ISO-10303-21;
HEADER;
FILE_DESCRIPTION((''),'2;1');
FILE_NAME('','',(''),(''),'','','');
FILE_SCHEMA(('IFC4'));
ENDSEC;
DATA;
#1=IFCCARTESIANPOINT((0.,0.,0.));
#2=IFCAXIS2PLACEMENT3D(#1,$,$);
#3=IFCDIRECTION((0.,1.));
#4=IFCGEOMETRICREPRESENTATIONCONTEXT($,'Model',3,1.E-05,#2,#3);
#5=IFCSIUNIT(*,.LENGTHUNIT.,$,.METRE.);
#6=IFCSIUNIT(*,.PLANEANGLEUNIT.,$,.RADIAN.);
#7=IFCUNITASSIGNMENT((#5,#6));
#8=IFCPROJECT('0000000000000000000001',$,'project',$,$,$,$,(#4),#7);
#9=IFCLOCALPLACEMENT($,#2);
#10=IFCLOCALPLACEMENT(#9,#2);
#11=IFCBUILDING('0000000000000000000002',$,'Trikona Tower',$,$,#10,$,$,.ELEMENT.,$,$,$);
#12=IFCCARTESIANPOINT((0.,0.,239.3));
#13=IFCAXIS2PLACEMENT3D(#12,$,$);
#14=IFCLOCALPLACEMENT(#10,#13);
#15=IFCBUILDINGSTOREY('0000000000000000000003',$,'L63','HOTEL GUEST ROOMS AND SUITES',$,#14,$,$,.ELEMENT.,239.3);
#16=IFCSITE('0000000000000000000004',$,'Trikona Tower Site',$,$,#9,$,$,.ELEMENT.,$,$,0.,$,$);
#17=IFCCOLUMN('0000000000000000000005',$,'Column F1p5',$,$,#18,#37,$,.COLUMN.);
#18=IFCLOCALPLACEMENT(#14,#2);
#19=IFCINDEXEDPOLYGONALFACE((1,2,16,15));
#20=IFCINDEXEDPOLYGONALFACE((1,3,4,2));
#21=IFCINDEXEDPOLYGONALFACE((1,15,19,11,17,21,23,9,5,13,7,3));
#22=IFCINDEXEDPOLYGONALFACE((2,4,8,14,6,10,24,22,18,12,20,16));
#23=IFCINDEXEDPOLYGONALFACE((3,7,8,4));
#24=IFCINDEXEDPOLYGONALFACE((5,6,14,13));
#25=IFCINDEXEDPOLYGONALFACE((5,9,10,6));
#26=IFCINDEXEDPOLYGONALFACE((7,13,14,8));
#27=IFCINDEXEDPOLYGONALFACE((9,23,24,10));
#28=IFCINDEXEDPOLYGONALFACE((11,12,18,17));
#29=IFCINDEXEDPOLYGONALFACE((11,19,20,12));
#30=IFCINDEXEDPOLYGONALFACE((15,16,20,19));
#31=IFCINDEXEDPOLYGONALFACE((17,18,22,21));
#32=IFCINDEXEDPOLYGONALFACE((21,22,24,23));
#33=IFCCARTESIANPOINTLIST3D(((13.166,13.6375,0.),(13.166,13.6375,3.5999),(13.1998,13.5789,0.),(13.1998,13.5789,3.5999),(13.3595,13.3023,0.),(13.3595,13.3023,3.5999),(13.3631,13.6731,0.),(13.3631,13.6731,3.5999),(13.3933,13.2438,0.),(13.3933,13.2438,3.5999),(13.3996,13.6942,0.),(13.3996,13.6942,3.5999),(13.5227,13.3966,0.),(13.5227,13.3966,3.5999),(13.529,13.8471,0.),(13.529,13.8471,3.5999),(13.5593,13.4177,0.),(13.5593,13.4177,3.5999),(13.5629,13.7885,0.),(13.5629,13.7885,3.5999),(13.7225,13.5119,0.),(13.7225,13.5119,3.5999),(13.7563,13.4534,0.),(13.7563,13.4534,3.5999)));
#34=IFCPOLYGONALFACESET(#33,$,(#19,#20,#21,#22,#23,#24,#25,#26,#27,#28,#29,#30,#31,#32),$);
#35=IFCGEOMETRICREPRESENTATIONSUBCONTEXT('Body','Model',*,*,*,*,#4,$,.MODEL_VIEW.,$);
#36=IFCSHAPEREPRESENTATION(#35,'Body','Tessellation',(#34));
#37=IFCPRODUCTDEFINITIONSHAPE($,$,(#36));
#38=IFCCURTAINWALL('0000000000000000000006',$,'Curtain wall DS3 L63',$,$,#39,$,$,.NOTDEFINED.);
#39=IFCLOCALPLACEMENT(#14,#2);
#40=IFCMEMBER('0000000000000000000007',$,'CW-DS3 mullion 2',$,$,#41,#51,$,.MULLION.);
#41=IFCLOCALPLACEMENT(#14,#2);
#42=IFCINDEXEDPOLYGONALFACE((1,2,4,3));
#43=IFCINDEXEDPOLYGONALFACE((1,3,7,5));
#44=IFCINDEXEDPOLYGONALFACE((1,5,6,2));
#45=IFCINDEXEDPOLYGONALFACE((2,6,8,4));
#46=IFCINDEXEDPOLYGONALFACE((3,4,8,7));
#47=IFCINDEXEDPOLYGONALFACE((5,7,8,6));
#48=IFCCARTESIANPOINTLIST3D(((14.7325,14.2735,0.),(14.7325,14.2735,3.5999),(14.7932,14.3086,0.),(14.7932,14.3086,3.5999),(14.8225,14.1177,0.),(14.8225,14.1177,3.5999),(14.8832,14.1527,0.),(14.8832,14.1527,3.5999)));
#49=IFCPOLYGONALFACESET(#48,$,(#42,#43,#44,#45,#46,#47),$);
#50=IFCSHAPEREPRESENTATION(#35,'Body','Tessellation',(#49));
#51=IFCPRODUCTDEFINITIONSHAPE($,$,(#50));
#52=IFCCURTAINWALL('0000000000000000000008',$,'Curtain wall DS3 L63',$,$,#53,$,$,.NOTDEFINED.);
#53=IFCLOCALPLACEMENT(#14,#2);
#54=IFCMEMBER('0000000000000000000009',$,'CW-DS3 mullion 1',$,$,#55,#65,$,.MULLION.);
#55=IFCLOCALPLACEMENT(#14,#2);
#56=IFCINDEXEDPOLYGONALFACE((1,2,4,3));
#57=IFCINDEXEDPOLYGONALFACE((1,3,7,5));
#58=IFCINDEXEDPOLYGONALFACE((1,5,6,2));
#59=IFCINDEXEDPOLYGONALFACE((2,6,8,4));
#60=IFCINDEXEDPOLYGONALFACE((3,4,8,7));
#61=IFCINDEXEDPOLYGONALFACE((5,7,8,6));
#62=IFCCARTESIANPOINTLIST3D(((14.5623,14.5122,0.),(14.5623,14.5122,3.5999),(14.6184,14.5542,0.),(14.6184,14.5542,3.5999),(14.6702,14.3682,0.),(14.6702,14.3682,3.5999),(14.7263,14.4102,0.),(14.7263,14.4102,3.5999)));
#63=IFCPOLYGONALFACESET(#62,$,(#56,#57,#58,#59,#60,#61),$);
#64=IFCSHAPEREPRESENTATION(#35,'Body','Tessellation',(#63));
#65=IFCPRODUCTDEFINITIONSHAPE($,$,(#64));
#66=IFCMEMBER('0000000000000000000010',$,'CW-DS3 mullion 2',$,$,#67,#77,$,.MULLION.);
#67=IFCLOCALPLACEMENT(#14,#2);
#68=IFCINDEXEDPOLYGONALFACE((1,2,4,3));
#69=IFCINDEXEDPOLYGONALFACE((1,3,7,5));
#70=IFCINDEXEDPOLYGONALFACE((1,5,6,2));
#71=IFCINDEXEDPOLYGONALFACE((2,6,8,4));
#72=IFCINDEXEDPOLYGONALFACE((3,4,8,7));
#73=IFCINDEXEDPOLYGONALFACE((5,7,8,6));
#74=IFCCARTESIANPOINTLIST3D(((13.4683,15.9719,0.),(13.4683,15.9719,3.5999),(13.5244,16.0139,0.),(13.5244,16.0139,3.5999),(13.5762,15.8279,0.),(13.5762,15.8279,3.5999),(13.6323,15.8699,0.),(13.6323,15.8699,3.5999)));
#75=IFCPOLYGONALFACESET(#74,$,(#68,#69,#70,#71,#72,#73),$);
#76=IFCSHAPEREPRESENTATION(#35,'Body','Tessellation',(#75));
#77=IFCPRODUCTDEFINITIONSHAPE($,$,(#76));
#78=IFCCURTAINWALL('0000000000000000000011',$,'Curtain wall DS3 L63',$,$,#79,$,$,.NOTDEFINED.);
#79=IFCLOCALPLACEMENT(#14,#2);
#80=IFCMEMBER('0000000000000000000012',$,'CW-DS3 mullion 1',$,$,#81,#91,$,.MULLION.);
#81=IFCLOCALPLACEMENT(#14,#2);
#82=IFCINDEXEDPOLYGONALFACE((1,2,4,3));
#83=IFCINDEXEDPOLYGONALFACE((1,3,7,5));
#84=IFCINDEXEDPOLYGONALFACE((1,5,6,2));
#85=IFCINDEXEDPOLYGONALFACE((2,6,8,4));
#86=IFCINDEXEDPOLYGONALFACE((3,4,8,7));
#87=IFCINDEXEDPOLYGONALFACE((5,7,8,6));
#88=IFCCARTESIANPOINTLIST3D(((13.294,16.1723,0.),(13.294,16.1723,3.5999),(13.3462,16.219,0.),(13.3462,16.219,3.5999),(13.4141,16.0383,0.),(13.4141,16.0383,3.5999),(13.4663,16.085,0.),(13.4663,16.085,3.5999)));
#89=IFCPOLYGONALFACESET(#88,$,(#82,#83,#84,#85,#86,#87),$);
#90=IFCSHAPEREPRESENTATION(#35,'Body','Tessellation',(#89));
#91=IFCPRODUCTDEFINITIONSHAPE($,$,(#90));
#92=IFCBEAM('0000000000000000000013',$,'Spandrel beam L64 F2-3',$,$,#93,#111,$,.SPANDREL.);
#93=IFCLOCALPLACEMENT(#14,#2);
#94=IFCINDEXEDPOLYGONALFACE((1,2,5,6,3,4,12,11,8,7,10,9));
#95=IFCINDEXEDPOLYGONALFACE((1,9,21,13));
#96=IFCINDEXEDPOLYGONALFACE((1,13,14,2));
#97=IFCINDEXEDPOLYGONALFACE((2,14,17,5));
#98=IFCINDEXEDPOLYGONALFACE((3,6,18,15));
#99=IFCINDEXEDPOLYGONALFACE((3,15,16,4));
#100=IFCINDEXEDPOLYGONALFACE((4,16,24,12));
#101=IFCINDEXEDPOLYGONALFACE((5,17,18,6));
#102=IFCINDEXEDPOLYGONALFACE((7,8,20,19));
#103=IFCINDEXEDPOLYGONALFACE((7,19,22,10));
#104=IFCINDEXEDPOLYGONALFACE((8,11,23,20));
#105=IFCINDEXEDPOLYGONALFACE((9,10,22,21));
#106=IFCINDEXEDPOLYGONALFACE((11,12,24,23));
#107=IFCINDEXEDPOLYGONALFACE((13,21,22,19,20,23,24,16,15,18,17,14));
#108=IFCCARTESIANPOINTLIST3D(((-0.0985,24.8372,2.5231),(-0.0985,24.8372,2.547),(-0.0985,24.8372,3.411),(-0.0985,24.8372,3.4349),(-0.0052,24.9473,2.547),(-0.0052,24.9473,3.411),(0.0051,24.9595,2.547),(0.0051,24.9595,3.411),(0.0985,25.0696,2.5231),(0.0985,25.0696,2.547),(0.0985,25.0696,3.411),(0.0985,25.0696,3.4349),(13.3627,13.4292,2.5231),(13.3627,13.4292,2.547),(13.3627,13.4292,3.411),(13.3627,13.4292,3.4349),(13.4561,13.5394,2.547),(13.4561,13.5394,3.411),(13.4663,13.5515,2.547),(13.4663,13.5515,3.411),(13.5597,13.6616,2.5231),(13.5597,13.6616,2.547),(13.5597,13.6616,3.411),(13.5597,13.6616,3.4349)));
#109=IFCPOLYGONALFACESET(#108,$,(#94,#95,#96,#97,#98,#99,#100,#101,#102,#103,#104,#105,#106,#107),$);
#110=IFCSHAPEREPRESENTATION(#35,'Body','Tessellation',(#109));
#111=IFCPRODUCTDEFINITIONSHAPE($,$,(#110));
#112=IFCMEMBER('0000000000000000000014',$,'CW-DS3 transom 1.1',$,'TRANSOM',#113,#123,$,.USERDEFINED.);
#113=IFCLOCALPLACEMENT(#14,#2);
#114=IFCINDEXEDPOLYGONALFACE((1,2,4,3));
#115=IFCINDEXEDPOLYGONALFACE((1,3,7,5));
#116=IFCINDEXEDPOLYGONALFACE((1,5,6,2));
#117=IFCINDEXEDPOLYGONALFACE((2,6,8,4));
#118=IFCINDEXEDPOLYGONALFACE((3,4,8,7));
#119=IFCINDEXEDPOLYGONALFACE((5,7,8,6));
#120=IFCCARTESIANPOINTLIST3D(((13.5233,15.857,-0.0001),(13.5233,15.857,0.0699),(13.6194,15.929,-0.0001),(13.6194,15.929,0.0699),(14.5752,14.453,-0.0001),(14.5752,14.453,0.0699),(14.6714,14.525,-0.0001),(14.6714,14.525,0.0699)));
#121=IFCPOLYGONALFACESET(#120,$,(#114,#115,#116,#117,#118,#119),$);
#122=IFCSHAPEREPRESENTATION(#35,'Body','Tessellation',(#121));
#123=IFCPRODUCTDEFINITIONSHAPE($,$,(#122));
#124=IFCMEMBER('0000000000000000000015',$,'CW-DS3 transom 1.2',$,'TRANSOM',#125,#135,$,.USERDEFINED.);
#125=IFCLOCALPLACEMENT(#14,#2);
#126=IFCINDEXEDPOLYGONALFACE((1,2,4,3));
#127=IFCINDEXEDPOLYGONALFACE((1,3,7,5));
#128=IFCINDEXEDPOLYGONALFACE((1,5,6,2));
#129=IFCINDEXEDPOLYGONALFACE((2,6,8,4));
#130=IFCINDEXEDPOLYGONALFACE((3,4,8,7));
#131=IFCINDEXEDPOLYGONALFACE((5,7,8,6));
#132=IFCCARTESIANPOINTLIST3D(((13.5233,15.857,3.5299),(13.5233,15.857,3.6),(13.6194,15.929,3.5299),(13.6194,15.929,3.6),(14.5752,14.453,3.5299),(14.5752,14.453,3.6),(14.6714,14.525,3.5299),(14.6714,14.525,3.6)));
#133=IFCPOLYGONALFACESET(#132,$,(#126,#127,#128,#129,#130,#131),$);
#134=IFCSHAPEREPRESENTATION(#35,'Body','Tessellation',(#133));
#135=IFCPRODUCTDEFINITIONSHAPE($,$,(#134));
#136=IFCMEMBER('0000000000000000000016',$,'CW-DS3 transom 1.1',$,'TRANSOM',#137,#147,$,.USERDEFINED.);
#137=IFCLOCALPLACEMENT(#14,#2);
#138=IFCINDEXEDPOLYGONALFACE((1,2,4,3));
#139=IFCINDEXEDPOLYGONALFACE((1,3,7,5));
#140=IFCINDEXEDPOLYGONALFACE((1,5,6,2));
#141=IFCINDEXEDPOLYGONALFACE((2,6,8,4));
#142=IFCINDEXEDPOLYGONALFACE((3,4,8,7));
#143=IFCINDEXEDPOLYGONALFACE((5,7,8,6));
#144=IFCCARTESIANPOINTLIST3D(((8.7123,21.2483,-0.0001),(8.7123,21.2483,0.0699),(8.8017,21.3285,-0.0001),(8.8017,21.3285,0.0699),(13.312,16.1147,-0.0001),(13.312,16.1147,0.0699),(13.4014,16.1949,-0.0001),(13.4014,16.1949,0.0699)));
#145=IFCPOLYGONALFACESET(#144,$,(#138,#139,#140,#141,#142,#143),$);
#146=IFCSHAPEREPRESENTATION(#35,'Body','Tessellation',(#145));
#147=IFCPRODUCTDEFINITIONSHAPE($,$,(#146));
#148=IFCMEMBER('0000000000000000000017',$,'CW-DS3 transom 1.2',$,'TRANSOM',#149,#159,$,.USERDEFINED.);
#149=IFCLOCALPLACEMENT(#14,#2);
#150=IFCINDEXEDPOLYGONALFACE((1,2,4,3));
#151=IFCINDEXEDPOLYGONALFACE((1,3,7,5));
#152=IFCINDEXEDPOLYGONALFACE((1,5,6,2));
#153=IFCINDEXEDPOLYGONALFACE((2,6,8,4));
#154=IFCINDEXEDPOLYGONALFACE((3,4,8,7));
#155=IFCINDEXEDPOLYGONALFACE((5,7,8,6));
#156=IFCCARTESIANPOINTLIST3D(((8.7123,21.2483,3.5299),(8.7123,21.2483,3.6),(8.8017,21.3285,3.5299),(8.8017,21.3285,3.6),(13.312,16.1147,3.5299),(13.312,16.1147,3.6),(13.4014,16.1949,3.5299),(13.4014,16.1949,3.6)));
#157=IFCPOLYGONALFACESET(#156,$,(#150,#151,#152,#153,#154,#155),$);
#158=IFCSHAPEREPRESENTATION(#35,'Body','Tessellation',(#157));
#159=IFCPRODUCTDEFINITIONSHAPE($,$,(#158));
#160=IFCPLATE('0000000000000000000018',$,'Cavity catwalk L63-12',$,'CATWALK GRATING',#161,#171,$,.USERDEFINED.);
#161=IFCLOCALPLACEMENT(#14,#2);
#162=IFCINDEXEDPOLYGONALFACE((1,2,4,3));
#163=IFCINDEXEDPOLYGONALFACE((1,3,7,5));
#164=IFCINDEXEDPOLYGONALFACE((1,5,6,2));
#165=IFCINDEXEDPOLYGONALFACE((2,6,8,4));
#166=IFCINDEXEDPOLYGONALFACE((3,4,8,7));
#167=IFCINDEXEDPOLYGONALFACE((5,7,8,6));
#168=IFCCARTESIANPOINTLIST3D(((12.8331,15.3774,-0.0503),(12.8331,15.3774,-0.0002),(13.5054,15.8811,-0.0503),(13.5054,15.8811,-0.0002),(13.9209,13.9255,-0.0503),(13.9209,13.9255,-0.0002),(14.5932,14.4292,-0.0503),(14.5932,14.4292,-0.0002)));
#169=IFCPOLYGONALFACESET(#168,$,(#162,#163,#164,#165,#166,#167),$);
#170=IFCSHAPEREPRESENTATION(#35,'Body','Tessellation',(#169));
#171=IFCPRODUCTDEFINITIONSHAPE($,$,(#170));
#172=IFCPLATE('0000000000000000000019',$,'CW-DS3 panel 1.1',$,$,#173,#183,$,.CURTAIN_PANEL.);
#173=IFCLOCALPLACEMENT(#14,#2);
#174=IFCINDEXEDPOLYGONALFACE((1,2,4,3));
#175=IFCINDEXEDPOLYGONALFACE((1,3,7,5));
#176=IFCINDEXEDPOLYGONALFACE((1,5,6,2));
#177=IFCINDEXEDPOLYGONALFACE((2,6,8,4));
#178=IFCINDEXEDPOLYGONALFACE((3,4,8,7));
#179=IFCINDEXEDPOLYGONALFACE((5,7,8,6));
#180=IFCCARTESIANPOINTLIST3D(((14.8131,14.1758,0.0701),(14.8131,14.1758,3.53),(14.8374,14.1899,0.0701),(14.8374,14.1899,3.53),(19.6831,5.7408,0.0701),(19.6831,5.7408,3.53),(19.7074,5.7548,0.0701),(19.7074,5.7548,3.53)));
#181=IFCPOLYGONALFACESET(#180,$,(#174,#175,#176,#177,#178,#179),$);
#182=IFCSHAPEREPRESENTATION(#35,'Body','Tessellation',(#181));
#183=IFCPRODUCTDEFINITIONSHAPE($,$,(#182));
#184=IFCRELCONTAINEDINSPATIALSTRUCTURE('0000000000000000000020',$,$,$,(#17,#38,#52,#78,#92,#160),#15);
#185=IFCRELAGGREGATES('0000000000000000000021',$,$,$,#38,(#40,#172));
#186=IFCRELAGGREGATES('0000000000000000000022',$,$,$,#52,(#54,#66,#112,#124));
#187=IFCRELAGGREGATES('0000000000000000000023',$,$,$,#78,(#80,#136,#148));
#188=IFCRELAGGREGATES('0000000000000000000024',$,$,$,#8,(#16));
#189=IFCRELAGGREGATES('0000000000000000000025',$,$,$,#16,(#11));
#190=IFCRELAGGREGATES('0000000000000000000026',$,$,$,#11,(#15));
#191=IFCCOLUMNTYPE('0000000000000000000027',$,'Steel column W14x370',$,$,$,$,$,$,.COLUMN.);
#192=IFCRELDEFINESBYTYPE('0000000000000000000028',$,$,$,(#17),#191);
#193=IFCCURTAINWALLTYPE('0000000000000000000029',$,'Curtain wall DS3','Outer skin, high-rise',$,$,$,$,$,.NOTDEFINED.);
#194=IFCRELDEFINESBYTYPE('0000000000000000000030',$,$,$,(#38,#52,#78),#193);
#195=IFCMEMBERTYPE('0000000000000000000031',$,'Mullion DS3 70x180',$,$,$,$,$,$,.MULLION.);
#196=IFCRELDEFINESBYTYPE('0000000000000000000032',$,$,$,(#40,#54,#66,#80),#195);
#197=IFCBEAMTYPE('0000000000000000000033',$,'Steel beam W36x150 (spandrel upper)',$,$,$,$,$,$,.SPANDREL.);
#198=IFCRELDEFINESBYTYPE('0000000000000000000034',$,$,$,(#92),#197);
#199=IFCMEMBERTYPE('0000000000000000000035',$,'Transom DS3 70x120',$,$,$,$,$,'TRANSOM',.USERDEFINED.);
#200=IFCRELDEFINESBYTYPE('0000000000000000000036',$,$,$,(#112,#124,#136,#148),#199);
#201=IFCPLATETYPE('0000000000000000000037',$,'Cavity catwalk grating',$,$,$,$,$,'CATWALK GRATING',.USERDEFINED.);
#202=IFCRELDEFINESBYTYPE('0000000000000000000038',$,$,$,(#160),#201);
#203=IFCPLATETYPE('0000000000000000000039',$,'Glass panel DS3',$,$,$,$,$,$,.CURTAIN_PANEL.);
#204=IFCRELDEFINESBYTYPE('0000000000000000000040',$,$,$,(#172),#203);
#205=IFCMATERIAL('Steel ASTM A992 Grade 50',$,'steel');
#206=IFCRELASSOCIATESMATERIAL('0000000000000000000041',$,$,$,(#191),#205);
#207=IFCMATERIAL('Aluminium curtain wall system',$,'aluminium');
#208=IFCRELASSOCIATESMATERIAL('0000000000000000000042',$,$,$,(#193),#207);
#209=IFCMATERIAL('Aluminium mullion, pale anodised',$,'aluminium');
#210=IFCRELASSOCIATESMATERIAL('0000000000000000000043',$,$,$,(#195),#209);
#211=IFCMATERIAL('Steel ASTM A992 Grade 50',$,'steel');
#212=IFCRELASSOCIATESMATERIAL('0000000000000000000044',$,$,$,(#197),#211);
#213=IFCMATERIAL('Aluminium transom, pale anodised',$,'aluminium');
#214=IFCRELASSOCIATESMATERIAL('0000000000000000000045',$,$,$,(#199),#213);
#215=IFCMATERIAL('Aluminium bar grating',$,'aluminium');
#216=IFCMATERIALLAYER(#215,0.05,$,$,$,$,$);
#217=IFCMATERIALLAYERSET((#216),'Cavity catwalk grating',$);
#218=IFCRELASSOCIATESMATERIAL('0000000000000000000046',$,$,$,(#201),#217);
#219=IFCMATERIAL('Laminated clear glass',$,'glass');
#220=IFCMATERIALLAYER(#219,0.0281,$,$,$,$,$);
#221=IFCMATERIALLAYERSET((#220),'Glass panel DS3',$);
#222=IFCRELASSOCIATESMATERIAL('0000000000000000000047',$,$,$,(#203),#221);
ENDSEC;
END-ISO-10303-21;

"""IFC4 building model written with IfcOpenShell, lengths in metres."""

from ifc_helpers import new_model, si_unit, direction, frame, origin, origin_2d, place, context, subcontext, project, spatial, rectangle, i_section, extrude, material, layer, layer_set, material_profile, profile_set, type_object, element, aggregate, save


model = new_model("IFC4")

# Units and contexts
model_context = context("Model", 3, precision=1e-05, world=origin(), true_north=direction((0.0, 1.0)))
body_context = subcontext(model_context, "Body", "Model", "MODEL_VIEW")
ifc_project = project(units=[si_unit("LENGTHUNIT", "METRE"), si_unit("PLANEANGLEUNIT", "RADIAN")], contexts=[model_context])

# Site, building, storey
site_placement = place(None, origin())
site = spatial("IfcSite", under=ifc_project, at=site_placement, Name="Trikona Tower Site", CompositionType="ELEMENT", RefElevation=0.0)
building_placement = place(site_placement, origin())
building = spatial("IfcBuilding", under=site, at=building_placement, Name="Trikona Tower", CompositionType="ELEMENT")
storey_placement = place(building_placement, frame((0.0, 0.0, 239.3)))
storey = spatial("IfcBuildingStorey", under=building, at=storey_placement, Name="L63", Description="HOTEL GUEST ROOMS AND SUITES", CompositionType="ELEMENT", Elevation=239.3)

# Column
ifc_material_1 = material(Name="Steel ASTM A992 Grade 50", Category="steel")
ifc_material_profile_1 = material_profile(ifc_material_1, i_section(OverallWidth=0.4192, OverallDepth=0.4546, WebThickness=0.0422, FlangeThickness=0.0676, at=origin_2d()), Name="W14X370")
ifc_profile_set_1 = profile_set([ifc_material_profile_1], Name="Steel ASTM A992 Grade 50")
column_type = type_object("IfcColumnType", Name="Steel column W14x370", PredefinedType="COLUMN", material=ifc_profile_set_1)
column_placement = place(storey_placement, frame((13.4612, 13.5454, 0.0), z_axis=(0.0, 0.0, 1.0), x_axis=(0.866025, 0.5, 0.0)))
element("IfcColumn", 1, at=column_placement, inside=storey, type_object=column_type, Name="Column F1p5", PredefinedType="COLUMN", context=body_context, shape_type="SweptSolid", body=[
    extrude(i_section(OverallWidth=0.4192, OverallDepth=0.4546, WebThickness=0.0422, FlangeThickness=0.0676, at=origin_2d()), origin(), (0.0, 0.0, 1.0), 3.5999),
])

# Curtain wall, member
ifc_material_2 = material(Name="Aluminium curtain wall system", Category="aluminium")
curtain_wall_type = type_object("IfcCurtainWallType", Name="Curtain wall DS3", Description="Outer skin, high-rise", PredefinedType="NOTDEFINED", material=ifc_material_2)
curtain_wall_1_placement = place(storey_placement, origin())
curtain_wall_1 = element("IfcCurtainWall", 2, at=curtain_wall_1_placement, inside=storey, type_object=curtain_wall_type, Name="Curtain wall DS3 L63", PredefinedType="NOTDEFINED")
ifc_material_3 = material(Name="Aluminium mullion, pale anodised", Category="aluminium")
ifc_material_profile_2 = material_profile(ifc_material_3, rectangle(XDim=0.0701, YDim=0.1799, at=origin_2d()), Name="MUL-DS3")
ifc_profile_set_2 = profile_set([ifc_material_profile_2], Name="Aluminium mullion, pale anodised")
member_type_1 = type_object("IfcMemberType", Name="Mullion DS3 70x180", PredefinedType="MULLION", material=ifc_profile_set_2)
member_1_placement = place(storey_placement, frame((14.8079, 14.2131, 0.0), z_axis=(0.0, 0.0, 1.0), x_axis=(-0.866025, -0.500001, 0.0)))
member_1 = element("IfcMember", 3, at=member_1_placement, type_object=member_type_1, Name="CW-DS3 mullion 2", PredefinedType="MULLION", context=body_context, shape_type="SweptSolid", body=[
    extrude(rectangle(XDim=0.0701, YDim=0.1799, at=origin_2d()), origin(), (0.0, 0.0, 1.0), 3.5999),
])

# Curtain wall, members
curtain_wall_2_placement = place(storey_placement, origin())
curtain_wall_2 = element("IfcCurtainWall", 4, at=curtain_wall_2_placement, inside=storey, type_object=curtain_wall_type, Name="Curtain wall DS3 L63", PredefinedType="NOTDEFINED")
member_2_placement = place(storey_placement, frame((14.6443, 14.4612, 0.0), z_axis=(0.0, 0.0, 1.0), x_axis=(-0.80026, -0.599654, 0.0)))
member_2 = element("IfcMember", 5, at=member_2_placement, type_object=member_type_1, Name="CW-DS3 mullion 1", PredefinedType="MULLION", context=body_context, shape_type="SweptSolid", body=[
    extrude(rectangle(XDim=0.0701, YDim=0.1799, at=origin_2d()), origin(), (0.0, 0.0, 1.0), 3.5999),
])
member_3_placement = place(storey_placement, frame((13.5503, 15.9209, 0.0), z_axis=(0.0, 0.0, 1.0), x_axis=(-0.80026, -0.599654, 0.0)))
member_3 = element("IfcMember", 6, at=member_3_placement, type_object=member_type_1, Name="CW-DS3 mullion 2", PredefinedType="MULLION", context=body_context, shape_type="SweptSolid", body=[
    extrude(rectangle(XDim=0.0701, YDim=0.1799, at=origin_2d()), origin(), (0.0, 0.0, 1.0), 3.5999),
])

# Curtain wall, member
curtain_wall_3_placement = place(storey_placement, origin())
curtain_wall_3 = element("IfcCurtainWall", 7, at=curtain_wall_3_placement, inside=storey, type_object=curtain_wall_type, Name="Curtain wall DS3 L63", PredefinedType="NOTDEFINED")
member_4_placement = place(storey_placement, frame((13.3801, 16.1287, 0.0), z_axis=(0.0, 0.0, 1.0), x_axis=(-0.744771, -0.66732, 0.0)))
member_4 = element("IfcMember", 8, at=member_4_placement, type_object=member_type_1, Name="CW-DS3 mullion 1", PredefinedType="MULLION", context=body_context, shape_type="SweptSolid", body=[
    extrude(rectangle(XDim=0.0701, YDim=0.1799, at=origin_2d()), origin(), (0.0, 0.0, 1.0), 3.5999),
])

# Beam
ifc_material_4 = material(Name="Steel ASTM A992 Grade 50", Category="steel")
ifc_material_profile_3 = material_profile(ifc_material_4, i_section(OverallWidth=0.3047, OverallDepth=0.9119, WebThickness=0.0159, FlangeThickness=0.0239, at=origin_2d()), Name="W36X150")
ifc_profile_set_3 = profile_set([ifc_material_profile_3], Name="Steel ASTM A992 Grade 50")
beam_type = type_object("IfcBeamType", Name="Steel beam W36x150 (spandrel upper)", PredefinedType="SPANDREL", material=ifc_profile_set_3)
beam_placement = place(storey_placement, frame((13.4612, 13.5454, 2.979), z_axis=(-0.762891, 0.646528, 0.0), x_axis=(-0.646528, -0.762891, 0.0)))
element("IfcBeam", 9, at=beam_placement, inside=storey, type_object=beam_type, Name="Spandrel beam L64 F2-3", PredefinedType="SPANDREL", context=body_context, shape_type="SweptSolid", body=[
    extrude(i_section(OverallWidth=0.3047, OverallDepth=0.9119, WebThickness=0.0159, FlangeThickness=0.0239, at=origin_2d()), origin(), (0.0, 0.0, 1.0), 17.645),
])

# Members
ifc_material_5 = material(Name="Aluminium transom, pale anodised", Category="aluminium")
ifc_material_profile_4 = material_profile(ifc_material_5, rectangle(XDim=0.1201, YDim=0.0701, at=origin_2d()), Name="TRN-DS3")
ifc_profile_set_4 = profile_set([ifc_material_profile_4], Name="Aluminium transom, pale anodised")
member_type_2 = type_object("IfcMemberType", Name="Transom DS3 70x120", ElementType="TRANSOM", PredefinedType="USERDEFINED", material=ifc_profile_set_4)
member_5_placement = place(storey_placement, frame((14.6233, 14.489, 0.0349), z_axis=(-0.599621, 0.800284, 0.0), x_axis=(-0.800284, -0.599621, 0.0)))
member_5 = element("IfcMember", 10, at=member_5_placement, type_object=member_type_2, Name="CW-DS3 transom 1.1", ObjectType="TRANSOM", PredefinedType="USERDEFINED", context=body_context, shape_type="SweptSolid", body=[
    extrude(rectangle(XDim=0.1201, YDim=0.0701, at=origin_2d()), origin(), (0.0, 0.0, 1.0), 1.7544),
])
member_6_placement = place(storey_placement, frame((14.6233, 14.489, 3.5649), z_axis=(-0.599621, 0.800284, 0.0), x_axis=(-0.800284, -0.599621, 0.0)))
member_6 = element("IfcMember", 11, at=member_6_placement, type_object=member_type_2, Name="CW-DS3 transom 1.2", ObjectType="TRANSOM", PredefinedType="USERDEFINED", context=body_context, shape_type="SweptSolid", body=[
    extrude(rectangle(XDim=0.1201, YDim=0.0701, at=origin_2d()), origin(), (0.0, 0.0, 1.0), 1.7544),
])
member_7_placement = place(storey_placement, frame((13.3567, 16.1548, 0.0349), z_axis=(-0.667313, 0.744777, 0.0), x_axis=(-0.744777, -0.667313, 0.0)))
member_7 = element("IfcMember", 12, at=member_7_placement, type_object=member_type_2, Name="CW-DS3 transom 1.1", ObjectType="TRANSOM", PredefinedType="USERDEFINED", context=body_context, shape_type="SweptSolid", body=[
    extrude(rectangle(XDim=0.1201, YDim=0.0701, at=origin_2d()), origin(), (0.0, 0.0, 1.0), 6.8928),
])
member_8_placement = place(storey_placement, frame((13.3567, 16.1548, 3.5649), z_axis=(-0.667313, 0.744777, 0.0), x_axis=(-0.744777, -0.667313, 0.0)))
member_8 = element("IfcMember", 13, at=member_8_placement, type_object=member_type_2, Name="CW-DS3 transom 1.2", ObjectType="TRANSOM", PredefinedType="USERDEFINED", context=body_context, shape_type="SweptSolid", body=[
    extrude(rectangle(XDim=0.1201, YDim=0.0701, at=origin_2d()), origin(), (0.0, 0.0, 1.0), 6.8928),
])

# Plates
ifc_material_6 = material(Name="Aluminium bar grating", Category="aluminium")
ifc_layer_1 = layer(ifc_material_6, 0.05)
ifc_layer_set_1 = layer_set([ifc_layer_1], Name="Cavity catwalk grating")
plate_type_1 = type_object("IfcPlateType", Name="Cavity catwalk grating", ElementType="CATWALK GRATING", PredefinedType="USERDEFINED", material=ifc_layer_set_1)
plate_1_placement = place(storey_placement, frame((13.7131, 14.9033, -0.0503), z_axis=(0.0, 0.0, 1.0), x_axis=(-0.599619, 0.800286, 0.0)))
element("IfcPlate", 14, at=plate_1_placement, inside=storey, type_object=plate_type_1, Name="Cavity catwalk L63-12", ObjectType="CATWALK GRATING", PredefinedType="USERDEFINED", context=body_context, shape_type="SweptSolid", body=[
    extrude(rectangle(XDim=1.8142, YDim=0.8401, at=origin_2d()), origin(), (0.0, 0.0, 1.0), 0.05),
])
ifc_material_7 = material(Name="Laminated clear glass", Category="glass")
ifc_layer_2 = layer(ifc_material_7, 0.0281)
ifc_layer_set_2 = layer_set([ifc_layer_2], Name="Glass panel DS3")
plate_type_2 = type_object("IfcPlateType", Name="Glass panel DS3", PredefinedType="CURTAIN_PANEL", material=ifc_layer_set_2)
plate_2_placement = place(storey_placement, frame((17.2603, 9.9653, 0.0701), z_axis=(0.0, 0.0, 1.0), x_axis=(-0.500001, 0.866025, 0.0)))
plate_2 = element("IfcPlate", 15, at=plate_2_placement, type_object=plate_type_2, Name="CW-DS3 panel 1.1", PredefinedType="CURTAIN_PANEL", context=body_context, shape_type="SweptSolid", body=[
    extrude(rectangle(XDim=9.74, YDim=0.0281, at=origin_2d()), origin(), (0.0, 0.0, 1.0), 3.46),
])
aggregate(curtain_wall_1, [member_1, plate_2])
aggregate(curtain_wall_2, [member_2, member_3, member_5, member_6])
aggregate(curtain_wall_3, [member_4, member_7, member_8])

save(model, "model.ifc")
